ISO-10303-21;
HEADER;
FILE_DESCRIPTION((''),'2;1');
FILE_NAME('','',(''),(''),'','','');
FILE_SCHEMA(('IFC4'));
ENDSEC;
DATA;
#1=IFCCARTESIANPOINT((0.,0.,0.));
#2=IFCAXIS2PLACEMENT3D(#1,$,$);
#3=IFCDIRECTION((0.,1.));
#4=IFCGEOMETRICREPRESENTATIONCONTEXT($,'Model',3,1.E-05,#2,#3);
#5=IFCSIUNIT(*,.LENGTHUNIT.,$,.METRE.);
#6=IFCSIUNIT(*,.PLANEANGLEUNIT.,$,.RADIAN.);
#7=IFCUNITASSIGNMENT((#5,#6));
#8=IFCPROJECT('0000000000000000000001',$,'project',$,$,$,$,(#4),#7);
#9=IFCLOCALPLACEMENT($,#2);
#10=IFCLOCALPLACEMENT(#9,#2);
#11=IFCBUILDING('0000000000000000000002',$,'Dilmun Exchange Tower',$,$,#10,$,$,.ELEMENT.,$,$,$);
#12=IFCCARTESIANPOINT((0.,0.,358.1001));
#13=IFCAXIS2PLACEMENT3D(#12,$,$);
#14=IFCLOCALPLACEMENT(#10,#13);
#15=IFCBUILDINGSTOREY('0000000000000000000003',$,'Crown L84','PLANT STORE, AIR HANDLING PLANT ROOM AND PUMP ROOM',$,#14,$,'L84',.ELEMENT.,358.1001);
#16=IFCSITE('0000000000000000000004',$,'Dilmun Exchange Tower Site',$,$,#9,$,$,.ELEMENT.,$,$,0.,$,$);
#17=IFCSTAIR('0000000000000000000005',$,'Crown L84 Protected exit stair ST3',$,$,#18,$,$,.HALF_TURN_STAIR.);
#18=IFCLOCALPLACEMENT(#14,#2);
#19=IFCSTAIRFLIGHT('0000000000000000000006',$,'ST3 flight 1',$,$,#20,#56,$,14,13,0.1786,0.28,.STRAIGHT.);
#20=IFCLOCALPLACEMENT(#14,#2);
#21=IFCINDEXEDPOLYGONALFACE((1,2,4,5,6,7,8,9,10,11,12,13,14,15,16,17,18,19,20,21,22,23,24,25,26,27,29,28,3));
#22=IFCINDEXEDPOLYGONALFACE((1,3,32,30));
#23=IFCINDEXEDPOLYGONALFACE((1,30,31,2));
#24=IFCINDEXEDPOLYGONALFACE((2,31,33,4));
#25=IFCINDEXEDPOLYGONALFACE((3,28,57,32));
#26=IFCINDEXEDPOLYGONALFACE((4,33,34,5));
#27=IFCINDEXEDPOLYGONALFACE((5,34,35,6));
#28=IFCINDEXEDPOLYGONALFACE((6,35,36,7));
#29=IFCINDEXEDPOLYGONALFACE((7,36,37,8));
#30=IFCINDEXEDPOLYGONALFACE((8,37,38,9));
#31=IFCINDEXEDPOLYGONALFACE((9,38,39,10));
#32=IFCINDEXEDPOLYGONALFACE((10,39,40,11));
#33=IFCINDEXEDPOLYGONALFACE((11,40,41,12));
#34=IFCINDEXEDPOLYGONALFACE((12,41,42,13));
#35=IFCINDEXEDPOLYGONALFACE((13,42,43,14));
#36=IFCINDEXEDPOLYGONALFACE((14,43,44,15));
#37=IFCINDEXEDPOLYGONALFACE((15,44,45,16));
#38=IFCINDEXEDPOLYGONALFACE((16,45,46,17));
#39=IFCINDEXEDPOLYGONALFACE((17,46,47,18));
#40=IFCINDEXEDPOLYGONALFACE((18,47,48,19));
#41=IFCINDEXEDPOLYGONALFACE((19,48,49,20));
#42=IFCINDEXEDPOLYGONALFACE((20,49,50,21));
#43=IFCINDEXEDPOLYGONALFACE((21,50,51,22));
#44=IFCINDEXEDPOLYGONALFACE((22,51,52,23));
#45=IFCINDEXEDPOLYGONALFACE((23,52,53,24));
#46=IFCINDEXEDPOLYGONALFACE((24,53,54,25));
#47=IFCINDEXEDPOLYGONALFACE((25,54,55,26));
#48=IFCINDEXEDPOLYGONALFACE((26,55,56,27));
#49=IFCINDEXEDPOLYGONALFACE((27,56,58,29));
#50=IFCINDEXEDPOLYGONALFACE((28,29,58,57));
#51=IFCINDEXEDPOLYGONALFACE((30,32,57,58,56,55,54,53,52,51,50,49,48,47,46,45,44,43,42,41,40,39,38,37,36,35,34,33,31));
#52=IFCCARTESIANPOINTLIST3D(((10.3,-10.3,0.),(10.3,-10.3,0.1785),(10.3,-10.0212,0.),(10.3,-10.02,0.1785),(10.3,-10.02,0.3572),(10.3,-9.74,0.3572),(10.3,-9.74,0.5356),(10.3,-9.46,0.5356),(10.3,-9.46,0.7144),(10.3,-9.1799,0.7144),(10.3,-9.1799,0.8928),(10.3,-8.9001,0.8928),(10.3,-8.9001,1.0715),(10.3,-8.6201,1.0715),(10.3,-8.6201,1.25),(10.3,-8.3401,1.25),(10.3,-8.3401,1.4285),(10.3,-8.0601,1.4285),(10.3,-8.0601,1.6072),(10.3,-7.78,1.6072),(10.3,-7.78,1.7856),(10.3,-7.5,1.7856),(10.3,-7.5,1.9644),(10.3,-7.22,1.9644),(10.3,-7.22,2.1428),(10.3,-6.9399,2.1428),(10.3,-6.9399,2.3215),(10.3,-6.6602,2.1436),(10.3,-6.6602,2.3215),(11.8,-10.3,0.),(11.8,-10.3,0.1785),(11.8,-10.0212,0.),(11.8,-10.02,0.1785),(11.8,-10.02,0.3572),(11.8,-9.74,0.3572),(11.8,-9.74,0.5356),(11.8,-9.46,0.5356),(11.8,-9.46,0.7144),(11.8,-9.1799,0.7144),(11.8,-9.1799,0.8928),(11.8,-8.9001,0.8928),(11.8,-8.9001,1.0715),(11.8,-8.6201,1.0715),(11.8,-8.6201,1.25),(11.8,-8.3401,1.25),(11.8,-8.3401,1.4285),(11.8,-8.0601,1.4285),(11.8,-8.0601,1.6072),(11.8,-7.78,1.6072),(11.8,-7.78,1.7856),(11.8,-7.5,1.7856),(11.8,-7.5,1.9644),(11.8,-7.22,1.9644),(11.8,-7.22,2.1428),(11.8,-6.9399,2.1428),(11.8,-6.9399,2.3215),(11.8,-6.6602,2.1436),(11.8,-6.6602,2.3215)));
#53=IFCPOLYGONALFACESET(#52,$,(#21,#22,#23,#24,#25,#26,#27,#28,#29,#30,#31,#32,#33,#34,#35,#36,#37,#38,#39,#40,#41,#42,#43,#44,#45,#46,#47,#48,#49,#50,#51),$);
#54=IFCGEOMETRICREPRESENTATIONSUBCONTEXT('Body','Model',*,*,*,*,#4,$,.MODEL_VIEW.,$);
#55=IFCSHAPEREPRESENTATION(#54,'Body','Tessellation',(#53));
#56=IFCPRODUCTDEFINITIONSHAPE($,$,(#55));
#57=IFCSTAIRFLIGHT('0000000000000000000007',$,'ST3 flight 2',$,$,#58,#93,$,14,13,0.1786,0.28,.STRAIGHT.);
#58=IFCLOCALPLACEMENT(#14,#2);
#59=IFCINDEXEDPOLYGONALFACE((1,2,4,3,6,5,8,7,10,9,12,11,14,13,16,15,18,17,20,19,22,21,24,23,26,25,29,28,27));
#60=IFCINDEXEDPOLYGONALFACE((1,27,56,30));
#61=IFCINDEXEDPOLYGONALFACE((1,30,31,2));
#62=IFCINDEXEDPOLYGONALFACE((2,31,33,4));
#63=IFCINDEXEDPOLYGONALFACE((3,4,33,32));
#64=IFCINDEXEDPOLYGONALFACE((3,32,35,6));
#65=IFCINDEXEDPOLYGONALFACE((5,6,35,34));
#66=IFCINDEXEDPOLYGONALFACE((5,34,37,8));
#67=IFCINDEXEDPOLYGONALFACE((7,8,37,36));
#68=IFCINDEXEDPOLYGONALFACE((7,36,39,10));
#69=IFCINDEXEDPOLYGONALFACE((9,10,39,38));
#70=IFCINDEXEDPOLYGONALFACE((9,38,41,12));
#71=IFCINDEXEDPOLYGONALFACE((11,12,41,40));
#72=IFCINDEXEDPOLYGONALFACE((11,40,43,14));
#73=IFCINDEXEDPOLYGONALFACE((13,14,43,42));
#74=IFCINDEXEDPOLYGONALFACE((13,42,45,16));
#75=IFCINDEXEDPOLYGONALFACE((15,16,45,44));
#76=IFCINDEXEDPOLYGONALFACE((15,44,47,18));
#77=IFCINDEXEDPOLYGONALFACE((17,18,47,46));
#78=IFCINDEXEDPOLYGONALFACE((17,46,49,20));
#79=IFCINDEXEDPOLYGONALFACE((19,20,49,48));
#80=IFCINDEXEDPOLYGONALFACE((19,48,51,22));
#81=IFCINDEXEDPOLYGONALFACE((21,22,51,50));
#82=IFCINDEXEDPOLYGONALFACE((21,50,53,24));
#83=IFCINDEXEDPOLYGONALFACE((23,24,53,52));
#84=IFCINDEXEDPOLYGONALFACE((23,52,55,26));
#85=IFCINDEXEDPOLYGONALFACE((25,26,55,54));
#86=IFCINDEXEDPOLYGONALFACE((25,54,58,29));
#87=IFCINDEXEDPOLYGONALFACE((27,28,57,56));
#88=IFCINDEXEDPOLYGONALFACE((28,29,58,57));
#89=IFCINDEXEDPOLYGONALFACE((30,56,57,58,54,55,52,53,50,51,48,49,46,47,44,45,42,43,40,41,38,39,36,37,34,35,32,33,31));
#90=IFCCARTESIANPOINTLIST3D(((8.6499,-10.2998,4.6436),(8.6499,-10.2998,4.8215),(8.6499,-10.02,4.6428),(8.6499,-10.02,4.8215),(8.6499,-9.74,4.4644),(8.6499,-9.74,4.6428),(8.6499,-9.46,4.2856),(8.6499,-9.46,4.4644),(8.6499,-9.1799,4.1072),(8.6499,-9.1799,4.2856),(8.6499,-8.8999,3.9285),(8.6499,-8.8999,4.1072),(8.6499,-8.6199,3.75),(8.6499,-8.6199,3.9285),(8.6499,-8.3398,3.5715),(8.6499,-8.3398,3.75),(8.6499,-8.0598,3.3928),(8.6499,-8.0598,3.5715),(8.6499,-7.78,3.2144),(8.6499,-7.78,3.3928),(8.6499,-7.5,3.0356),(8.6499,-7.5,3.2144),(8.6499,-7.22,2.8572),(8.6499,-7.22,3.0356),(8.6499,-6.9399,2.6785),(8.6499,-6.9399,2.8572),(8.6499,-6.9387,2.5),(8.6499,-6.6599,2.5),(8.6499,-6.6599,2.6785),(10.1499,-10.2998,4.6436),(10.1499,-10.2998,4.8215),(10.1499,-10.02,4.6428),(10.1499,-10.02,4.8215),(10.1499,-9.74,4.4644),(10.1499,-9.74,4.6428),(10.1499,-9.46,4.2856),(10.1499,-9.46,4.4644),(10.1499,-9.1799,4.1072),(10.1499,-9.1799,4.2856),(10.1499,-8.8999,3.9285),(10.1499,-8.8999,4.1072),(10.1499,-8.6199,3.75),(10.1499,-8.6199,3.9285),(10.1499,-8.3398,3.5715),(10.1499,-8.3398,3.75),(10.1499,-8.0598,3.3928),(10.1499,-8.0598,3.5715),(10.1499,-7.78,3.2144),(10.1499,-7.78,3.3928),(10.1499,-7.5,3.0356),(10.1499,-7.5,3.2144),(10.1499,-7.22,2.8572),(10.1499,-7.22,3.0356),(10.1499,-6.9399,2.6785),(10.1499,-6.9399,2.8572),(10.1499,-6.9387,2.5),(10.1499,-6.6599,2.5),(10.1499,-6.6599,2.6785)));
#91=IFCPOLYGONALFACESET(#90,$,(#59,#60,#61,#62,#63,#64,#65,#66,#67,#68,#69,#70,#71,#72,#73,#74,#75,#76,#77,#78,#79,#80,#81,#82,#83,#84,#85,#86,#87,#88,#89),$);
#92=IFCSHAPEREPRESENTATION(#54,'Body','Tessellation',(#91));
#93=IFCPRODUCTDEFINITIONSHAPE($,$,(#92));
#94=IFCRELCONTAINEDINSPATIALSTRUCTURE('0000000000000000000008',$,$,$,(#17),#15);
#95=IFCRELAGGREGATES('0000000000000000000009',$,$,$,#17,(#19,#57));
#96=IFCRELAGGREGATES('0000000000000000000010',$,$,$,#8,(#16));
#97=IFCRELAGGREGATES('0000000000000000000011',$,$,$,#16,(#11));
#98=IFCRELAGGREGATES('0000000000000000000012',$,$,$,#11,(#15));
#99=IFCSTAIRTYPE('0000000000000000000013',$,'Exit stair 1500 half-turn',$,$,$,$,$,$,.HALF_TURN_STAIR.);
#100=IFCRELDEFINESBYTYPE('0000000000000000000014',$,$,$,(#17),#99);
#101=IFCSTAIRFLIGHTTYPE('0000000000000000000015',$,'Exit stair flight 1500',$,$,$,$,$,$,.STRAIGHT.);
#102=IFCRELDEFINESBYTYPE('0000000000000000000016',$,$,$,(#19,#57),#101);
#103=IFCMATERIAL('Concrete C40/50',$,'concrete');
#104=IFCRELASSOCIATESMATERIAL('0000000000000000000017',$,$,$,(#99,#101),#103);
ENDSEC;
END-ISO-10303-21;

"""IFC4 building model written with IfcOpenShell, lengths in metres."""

from ifc_helpers import new_model, si_unit, direction, frame, origin, place, context, subcontext, project, spatial, polyline, outline, extrude, material, type_object, element, aggregate, save


model = new_model("IFC4")

# Units and contexts
model_context = context("Model", 3, precision=1e-05, world=origin(), true_north=direction((0.0, 1.0)))
body_context = subcontext(model_context, "Body", "Model", "MODEL_VIEW")
ifc_project = project(units=[si_unit("LENGTHUNIT", "METRE"), si_unit("PLANEANGLEUNIT", "RADIAN")], contexts=[model_context])

# Site, building, storey
site_placement = place(None, origin())
site = spatial("IfcSite", under=ifc_project, at=site_placement, Name="Dilmun Exchange Tower Site", CompositionType="ELEMENT", RefElevation=0.0)
building_placement = place(site_placement, origin())
building = spatial("IfcBuilding", under=site, at=building_placement, Name="Dilmun Exchange Tower", CompositionType="ELEMENT")
storey_placement = place(building_placement, frame((0.0, 0.0, 358.1001)))
storey = spatial("IfcBuildingStorey", under=building, at=storey_placement, Name="Crown L84", Description="PLANT STORE, AIR HANDLING PLANT ROOM AND PUMP ROOM", LongName="L84", CompositionType="ELEMENT", Elevation=358.1001)

# Shared definitions
ifc_material_1 = material(Name="Concrete C40/50", Category="concrete")

# Stair, stair flights
stair_type = type_object("IfcStairType", Name="Exit stair 1500 half-turn", PredefinedType="HALF_TURN_STAIR", material=ifc_material_1)
stair_placement = place(storey_placement, origin())
stair = element("IfcStair", 1, at=stair_placement, inside=storey, type_object=stair_type, Name="Crown L84 Protected exit stair ST3", PredefinedType="HALF_TURN_STAIR")
stair_flight_type = type_object("IfcStairFlightType", Name="Exit stair flight 1500", PredefinedType="STRAIGHT", material=ifc_material_1)
stair_flight_1_placement = place(storey_placement, frame((11.05, -10.3, 0.0), z_axis=(0.0, 0.0, 1.0), x_axis=(0.0, 1.0, 0.0)))
stair_flight_1 = element("IfcStairFlight", 2, at=stair_flight_1_placement, type_object=stair_flight_type, Name="ST3 flight 1", NumberOfRisers=14, NumberOfTreads=13, PredefinedType="STRAIGHT", RiserHeight=0.1786, TreadLength=0.28, context=body_context, shape_type="SweptSolid", body=[
    extrude(outline(polyline([(0.0, 0.0), (0.0, 0.1785), (0.28, 0.1785), (0.28, 0.3572), (0.5601, 0.3572), (0.5601, 0.5356), (0.8401, 0.5356), (0.8401, 0.7144), (1.1201, 0.7144), (1.1201, 0.8928), (1.3999, 0.8928), (1.3999, 1.0715), (1.6799, 1.0715), (1.6799, 1.25), (1.96, 1.25), (1.96, 1.4285), (2.24, 1.4285), (2.24, 1.6072), (2.52, 1.6072), (2.52, 1.7856), (2.8, 1.7856), (2.8, 1.9644), (3.0801, 1.9644), (3.0801, 2.1428), (3.3601, 2.1428), (3.3601, 2.3215), (3.6399, 2.3215), (3.6399, 2.5), (3.6399, 2.1436), (0.2788, 0.0), (0.0, 0.0)])), frame((0.0, 0.75, 0.0), z_axis=(0.0, -1.0, 0.0), x_axis=(1.0, 0.0, 0.0)), (0.0, 0.0, 1.0), 1.5),
])
stair_flight_2_placement = place(storey_placement, frame((9.3999, -6.6599, 2.5), z_axis=(0.0, 0.0, 1.0), x_axis=(0.0, -1.0, 0.0)))
stair_flight_2 = element("IfcStairFlight", 3, at=stair_flight_2_placement, type_object=stair_flight_type, Name="ST3 flight 2", NumberOfRisers=14, NumberOfTreads=13, PredefinedType="STRAIGHT", RiserHeight=0.1786, TreadLength=0.28, context=body_context, shape_type="SweptSolid", body=[
    extrude(outline(polyline([(0.0, 0.0), (0.0, 0.1785), (0.28, 0.1785), (0.28, 0.3572), (0.5601, 0.3572), (0.5601, 0.5356), (0.8401, 0.5356), (0.8401, 0.7144), (1.1201, 0.7144), (1.1201, 0.8928), (1.3999, 0.8928), (1.3999, 1.0715), (1.6799, 1.0715), (1.6799, 1.25), (1.96, 1.25), (1.96, 1.4285), (2.24, 1.4285), (2.24, 1.6072), (2.52, 1.6072), (2.52, 1.7856), (2.8, 1.7856), (2.8, 1.9644), (3.0801, 1.9644), (3.0801, 2.1428), (3.3601, 2.1428), (3.3601, 2.3215), (3.6399, 2.3215), (3.6399, 2.5), (3.6399, 2.1436), (0.2788, 0.0), (0.0, 0.0)])), frame((0.0, 0.75, 0.0), z_axis=(0.0, -1.0, 0.0), x_axis=(1.0, 0.0, 0.0)), (0.0, 0.0, 1.0), 1.5),
])
aggregate(stair, [stair_flight_1, stair_flight_2])

save(model, "model.ifc")
